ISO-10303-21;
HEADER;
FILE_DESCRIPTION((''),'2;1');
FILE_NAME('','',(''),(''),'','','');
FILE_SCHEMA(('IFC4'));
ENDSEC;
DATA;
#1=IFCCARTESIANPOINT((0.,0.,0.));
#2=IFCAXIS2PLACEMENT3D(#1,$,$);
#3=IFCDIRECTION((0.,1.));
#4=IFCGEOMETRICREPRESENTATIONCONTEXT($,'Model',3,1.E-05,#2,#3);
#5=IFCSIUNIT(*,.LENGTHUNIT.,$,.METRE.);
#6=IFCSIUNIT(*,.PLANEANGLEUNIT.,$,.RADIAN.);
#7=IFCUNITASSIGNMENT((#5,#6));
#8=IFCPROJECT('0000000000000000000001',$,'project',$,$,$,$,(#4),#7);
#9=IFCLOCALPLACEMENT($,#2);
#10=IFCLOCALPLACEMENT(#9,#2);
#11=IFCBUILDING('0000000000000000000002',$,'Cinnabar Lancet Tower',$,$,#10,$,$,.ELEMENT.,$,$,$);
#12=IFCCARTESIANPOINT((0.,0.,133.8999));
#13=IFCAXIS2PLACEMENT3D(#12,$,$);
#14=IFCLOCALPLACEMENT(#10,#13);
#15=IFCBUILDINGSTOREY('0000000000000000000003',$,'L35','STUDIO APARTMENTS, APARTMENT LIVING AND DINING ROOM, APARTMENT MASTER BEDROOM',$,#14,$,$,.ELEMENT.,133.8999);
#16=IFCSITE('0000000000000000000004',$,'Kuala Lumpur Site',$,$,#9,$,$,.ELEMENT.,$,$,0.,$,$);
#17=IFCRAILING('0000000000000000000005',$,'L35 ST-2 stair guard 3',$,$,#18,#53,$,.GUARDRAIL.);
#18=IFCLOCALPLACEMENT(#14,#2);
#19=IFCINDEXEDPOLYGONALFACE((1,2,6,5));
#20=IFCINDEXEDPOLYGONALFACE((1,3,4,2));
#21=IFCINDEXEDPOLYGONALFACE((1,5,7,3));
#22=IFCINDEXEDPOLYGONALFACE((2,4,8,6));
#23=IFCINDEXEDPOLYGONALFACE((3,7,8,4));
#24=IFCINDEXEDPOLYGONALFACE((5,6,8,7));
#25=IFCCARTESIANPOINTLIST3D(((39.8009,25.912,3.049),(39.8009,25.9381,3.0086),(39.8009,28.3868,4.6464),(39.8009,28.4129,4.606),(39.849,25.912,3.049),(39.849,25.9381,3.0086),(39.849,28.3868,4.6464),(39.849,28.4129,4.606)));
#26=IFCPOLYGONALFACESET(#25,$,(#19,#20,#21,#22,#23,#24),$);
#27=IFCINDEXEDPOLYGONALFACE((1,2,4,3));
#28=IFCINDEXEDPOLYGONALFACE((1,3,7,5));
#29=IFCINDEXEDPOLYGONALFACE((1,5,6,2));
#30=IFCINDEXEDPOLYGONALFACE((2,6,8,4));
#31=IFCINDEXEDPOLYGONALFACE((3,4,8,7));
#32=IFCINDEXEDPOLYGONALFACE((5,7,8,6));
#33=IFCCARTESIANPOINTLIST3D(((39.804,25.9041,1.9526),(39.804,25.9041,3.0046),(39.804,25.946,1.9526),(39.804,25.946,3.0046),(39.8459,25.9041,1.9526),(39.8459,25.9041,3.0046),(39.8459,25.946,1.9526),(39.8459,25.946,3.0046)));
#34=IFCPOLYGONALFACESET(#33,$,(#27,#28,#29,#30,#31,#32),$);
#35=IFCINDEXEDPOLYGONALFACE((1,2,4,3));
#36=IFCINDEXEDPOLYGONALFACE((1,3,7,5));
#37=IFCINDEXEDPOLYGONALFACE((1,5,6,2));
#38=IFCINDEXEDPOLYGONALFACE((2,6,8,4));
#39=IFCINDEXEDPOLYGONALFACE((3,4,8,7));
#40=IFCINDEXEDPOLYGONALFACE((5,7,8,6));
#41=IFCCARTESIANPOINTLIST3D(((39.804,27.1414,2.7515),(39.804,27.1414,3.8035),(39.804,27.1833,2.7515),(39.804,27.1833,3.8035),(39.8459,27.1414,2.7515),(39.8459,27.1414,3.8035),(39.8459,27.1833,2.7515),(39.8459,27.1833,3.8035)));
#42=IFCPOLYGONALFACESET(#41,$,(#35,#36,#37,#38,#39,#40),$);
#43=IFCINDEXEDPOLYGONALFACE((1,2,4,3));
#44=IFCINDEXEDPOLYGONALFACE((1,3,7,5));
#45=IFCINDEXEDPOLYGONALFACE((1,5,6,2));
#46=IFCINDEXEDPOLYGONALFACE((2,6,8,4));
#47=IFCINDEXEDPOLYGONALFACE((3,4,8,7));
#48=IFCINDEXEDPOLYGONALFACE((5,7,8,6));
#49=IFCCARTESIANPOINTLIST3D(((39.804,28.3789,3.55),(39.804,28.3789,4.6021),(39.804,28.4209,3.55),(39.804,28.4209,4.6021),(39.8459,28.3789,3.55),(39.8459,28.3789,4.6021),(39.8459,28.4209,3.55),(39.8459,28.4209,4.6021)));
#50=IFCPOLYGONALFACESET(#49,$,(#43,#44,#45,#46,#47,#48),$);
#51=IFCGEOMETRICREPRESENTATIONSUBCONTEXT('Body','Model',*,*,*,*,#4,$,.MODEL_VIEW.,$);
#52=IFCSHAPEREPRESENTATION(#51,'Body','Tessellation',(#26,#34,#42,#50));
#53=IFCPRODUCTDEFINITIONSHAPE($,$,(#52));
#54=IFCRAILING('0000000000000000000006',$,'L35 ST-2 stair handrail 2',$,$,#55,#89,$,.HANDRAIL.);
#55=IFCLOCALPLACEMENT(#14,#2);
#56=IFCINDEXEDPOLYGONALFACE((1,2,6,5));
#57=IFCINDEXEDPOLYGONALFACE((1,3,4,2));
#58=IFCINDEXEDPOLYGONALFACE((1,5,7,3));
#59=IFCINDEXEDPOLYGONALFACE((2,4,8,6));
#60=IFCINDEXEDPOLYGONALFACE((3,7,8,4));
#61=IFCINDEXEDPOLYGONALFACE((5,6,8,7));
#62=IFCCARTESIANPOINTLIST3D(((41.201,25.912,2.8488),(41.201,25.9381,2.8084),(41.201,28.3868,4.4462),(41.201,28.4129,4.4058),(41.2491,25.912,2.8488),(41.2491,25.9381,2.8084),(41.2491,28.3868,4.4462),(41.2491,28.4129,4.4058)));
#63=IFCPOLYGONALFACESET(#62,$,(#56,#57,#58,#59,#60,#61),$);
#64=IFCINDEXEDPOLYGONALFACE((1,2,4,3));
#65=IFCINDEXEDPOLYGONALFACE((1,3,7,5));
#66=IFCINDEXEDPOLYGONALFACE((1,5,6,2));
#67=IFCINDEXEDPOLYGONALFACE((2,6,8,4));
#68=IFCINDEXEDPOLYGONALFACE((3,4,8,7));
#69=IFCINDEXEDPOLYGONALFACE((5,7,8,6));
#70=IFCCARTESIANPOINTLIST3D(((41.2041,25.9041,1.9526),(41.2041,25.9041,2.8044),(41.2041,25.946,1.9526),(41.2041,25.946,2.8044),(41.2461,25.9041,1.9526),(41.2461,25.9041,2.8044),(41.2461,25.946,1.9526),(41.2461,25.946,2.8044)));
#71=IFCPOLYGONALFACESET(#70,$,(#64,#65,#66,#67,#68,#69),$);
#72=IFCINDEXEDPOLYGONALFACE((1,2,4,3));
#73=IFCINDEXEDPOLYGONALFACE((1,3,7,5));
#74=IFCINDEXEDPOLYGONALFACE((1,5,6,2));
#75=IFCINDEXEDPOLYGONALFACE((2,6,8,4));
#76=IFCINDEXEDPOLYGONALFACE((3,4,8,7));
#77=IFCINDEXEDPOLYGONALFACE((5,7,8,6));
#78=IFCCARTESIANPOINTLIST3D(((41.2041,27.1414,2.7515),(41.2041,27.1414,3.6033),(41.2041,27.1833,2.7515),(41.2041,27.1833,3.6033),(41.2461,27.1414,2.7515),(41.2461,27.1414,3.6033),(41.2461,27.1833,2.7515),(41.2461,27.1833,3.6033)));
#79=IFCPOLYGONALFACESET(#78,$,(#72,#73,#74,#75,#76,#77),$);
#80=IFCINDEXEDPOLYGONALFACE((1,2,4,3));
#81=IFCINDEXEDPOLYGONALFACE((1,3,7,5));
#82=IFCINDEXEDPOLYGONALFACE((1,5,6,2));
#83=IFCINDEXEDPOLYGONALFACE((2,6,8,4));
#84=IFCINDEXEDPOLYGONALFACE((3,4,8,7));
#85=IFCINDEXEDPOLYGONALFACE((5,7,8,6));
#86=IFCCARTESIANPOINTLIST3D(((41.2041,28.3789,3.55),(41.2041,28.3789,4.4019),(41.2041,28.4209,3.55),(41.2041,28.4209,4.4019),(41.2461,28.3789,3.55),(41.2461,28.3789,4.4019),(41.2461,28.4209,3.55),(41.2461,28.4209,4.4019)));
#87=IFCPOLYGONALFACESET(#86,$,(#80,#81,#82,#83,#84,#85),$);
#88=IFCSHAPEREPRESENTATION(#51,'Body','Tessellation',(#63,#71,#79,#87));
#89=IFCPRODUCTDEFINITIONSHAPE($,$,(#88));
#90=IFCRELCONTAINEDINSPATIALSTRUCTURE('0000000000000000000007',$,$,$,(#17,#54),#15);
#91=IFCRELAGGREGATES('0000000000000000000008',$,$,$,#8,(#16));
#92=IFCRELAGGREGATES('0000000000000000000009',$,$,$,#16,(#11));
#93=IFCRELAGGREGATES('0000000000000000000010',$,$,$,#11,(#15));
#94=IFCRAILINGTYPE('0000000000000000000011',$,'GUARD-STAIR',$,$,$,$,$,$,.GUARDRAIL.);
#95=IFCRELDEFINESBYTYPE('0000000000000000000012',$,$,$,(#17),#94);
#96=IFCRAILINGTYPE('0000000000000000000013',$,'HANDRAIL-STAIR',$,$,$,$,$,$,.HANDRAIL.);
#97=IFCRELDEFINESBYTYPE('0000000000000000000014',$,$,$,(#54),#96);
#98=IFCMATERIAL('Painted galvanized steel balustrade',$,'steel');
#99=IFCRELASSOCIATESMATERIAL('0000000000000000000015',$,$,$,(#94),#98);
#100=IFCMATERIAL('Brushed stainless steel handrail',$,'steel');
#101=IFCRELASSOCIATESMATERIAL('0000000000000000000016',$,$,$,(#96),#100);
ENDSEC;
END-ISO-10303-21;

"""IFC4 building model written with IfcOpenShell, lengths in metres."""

from ifc_helpers import new_model, si_unit, direction, frame, origin, origin_2d, place, context, subcontext, project, spatial, rectangle, extrude, material, type_object, element, save


model = new_model("IFC4")

# Units and contexts
model_context = context("Model", 3, precision=1e-05, world=origin(), true_north=direction((0.0, 1.0)))
body_context = subcontext(model_context, "Body", "Model", "MODEL_VIEW")
ifc_project = project(units=[si_unit("LENGTHUNIT", "METRE"), si_unit("PLANEANGLEUNIT", "RADIAN")], contexts=[model_context])

# Site, building, storey
site_placement = place(None, origin())
site = spatial("IfcSite", under=ifc_project, at=site_placement, Name="Kuala Lumpur Site", CompositionType="ELEMENT", RefElevation=0.0)
building_placement = place(site_placement, origin())
building = spatial("IfcBuilding", under=site, at=building_placement, Name="Cinnabar Lancet Tower", CompositionType="ELEMENT")
storey_placement = place(building_placement, frame((0.0, 0.0, 133.8999)))
storey = spatial("IfcBuildingStorey", under=building, at=storey_placement, Name="L35", Description="STUDIO APARTMENTS, APARTMENT LIVING AND DINING ROOM, APARTMENT MASTER BEDROOM", CompositionType="ELEMENT", Elevation=133.8999)

# Railings
ifc_material_1 = material(Name="Painted galvanized steel balustrade", Category="steel")
railing_type_1 = type_object("IfcRailingType", Name="GUARD-STAIR", PredefinedType="GUARDRAIL", material=ifc_material_1)
railing_1_placement = place(storey_placement, frame((39.825, 25.925, 1.9526)))
element("IfcRailing", 1, at=railing_1_placement, inside=storey, type_object=railing_type_1, Name="L35 ST-2 stair guard 3", PredefinedType="GUARDRAIL", context=body_context, shape_type="SweptSolid", body=[
    extrude(rectangle(XDim=0.0481, YDim=0.0481, at=origin_2d()), frame((0.0, 0.0, 1.0762), z_axis=(0.0, 0.840183, 0.542302), x_axis=(-1.0, 0.0, 0.0)), (0.0, 0.0, 1.0), 2.9456),
    extrude(rectangle(XDim=0.042, YDim=0.042, at=origin_2d()), origin(), (0.0, 0.0, 1.0), 1.052),
    extrude(rectangle(XDim=0.042, YDim=0.042, at=origin_2d()), frame((0.0, 1.2373, 0.7988)), (0.0, 0.0, 1.0), 1.052),
    extrude(rectangle(XDim=0.042, YDim=0.042, at=origin_2d()), frame((0.0, 2.4749, 1.5974)), (0.0, 0.0, 1.0), 1.052),
])
ifc_material_2 = material(Name="Brushed stainless steel handrail", Category="steel")
railing_type_2 = type_object("IfcRailingType", Name="HANDRAIL-STAIR", PredefinedType="HANDRAIL", material=ifc_material_2)
railing_2_placement = place(storey_placement, frame((41.2251, 25.925, 1.9526)))
element("IfcRailing", 2, at=railing_2_placement, inside=storey, type_object=railing_type_2, Name="L35 ST-2 stair handrail 2", PredefinedType="HANDRAIL", context=body_context, shape_type="SweptSolid", body=[
    extrude(rectangle(XDim=0.0481, YDim=0.0481, at=origin_2d()), frame((0.0, 0.0, 0.876), z_axis=(0.0, 0.840183, 0.542302), x_axis=(-1.0, 0.0, 0.0)), (0.0, 0.0, 1.0), 2.9456),
    extrude(rectangle(XDim=0.042, YDim=0.042, at=origin_2d()), origin(), (0.0, 0.0, 1.0), 0.8518),
    extrude(rectangle(XDim=0.042, YDim=0.042, at=origin_2d()), frame((0.0, 1.2373, 0.7988)), (0.0, 0.0, 1.0), 0.8518),
    extrude(rectangle(XDim=0.042, YDim=0.042, at=origin_2d()), frame((0.0, 2.4749, 1.5974)), (0.0, 0.0, 1.0), 0.8518),
])

save(model, "model.ifc")
